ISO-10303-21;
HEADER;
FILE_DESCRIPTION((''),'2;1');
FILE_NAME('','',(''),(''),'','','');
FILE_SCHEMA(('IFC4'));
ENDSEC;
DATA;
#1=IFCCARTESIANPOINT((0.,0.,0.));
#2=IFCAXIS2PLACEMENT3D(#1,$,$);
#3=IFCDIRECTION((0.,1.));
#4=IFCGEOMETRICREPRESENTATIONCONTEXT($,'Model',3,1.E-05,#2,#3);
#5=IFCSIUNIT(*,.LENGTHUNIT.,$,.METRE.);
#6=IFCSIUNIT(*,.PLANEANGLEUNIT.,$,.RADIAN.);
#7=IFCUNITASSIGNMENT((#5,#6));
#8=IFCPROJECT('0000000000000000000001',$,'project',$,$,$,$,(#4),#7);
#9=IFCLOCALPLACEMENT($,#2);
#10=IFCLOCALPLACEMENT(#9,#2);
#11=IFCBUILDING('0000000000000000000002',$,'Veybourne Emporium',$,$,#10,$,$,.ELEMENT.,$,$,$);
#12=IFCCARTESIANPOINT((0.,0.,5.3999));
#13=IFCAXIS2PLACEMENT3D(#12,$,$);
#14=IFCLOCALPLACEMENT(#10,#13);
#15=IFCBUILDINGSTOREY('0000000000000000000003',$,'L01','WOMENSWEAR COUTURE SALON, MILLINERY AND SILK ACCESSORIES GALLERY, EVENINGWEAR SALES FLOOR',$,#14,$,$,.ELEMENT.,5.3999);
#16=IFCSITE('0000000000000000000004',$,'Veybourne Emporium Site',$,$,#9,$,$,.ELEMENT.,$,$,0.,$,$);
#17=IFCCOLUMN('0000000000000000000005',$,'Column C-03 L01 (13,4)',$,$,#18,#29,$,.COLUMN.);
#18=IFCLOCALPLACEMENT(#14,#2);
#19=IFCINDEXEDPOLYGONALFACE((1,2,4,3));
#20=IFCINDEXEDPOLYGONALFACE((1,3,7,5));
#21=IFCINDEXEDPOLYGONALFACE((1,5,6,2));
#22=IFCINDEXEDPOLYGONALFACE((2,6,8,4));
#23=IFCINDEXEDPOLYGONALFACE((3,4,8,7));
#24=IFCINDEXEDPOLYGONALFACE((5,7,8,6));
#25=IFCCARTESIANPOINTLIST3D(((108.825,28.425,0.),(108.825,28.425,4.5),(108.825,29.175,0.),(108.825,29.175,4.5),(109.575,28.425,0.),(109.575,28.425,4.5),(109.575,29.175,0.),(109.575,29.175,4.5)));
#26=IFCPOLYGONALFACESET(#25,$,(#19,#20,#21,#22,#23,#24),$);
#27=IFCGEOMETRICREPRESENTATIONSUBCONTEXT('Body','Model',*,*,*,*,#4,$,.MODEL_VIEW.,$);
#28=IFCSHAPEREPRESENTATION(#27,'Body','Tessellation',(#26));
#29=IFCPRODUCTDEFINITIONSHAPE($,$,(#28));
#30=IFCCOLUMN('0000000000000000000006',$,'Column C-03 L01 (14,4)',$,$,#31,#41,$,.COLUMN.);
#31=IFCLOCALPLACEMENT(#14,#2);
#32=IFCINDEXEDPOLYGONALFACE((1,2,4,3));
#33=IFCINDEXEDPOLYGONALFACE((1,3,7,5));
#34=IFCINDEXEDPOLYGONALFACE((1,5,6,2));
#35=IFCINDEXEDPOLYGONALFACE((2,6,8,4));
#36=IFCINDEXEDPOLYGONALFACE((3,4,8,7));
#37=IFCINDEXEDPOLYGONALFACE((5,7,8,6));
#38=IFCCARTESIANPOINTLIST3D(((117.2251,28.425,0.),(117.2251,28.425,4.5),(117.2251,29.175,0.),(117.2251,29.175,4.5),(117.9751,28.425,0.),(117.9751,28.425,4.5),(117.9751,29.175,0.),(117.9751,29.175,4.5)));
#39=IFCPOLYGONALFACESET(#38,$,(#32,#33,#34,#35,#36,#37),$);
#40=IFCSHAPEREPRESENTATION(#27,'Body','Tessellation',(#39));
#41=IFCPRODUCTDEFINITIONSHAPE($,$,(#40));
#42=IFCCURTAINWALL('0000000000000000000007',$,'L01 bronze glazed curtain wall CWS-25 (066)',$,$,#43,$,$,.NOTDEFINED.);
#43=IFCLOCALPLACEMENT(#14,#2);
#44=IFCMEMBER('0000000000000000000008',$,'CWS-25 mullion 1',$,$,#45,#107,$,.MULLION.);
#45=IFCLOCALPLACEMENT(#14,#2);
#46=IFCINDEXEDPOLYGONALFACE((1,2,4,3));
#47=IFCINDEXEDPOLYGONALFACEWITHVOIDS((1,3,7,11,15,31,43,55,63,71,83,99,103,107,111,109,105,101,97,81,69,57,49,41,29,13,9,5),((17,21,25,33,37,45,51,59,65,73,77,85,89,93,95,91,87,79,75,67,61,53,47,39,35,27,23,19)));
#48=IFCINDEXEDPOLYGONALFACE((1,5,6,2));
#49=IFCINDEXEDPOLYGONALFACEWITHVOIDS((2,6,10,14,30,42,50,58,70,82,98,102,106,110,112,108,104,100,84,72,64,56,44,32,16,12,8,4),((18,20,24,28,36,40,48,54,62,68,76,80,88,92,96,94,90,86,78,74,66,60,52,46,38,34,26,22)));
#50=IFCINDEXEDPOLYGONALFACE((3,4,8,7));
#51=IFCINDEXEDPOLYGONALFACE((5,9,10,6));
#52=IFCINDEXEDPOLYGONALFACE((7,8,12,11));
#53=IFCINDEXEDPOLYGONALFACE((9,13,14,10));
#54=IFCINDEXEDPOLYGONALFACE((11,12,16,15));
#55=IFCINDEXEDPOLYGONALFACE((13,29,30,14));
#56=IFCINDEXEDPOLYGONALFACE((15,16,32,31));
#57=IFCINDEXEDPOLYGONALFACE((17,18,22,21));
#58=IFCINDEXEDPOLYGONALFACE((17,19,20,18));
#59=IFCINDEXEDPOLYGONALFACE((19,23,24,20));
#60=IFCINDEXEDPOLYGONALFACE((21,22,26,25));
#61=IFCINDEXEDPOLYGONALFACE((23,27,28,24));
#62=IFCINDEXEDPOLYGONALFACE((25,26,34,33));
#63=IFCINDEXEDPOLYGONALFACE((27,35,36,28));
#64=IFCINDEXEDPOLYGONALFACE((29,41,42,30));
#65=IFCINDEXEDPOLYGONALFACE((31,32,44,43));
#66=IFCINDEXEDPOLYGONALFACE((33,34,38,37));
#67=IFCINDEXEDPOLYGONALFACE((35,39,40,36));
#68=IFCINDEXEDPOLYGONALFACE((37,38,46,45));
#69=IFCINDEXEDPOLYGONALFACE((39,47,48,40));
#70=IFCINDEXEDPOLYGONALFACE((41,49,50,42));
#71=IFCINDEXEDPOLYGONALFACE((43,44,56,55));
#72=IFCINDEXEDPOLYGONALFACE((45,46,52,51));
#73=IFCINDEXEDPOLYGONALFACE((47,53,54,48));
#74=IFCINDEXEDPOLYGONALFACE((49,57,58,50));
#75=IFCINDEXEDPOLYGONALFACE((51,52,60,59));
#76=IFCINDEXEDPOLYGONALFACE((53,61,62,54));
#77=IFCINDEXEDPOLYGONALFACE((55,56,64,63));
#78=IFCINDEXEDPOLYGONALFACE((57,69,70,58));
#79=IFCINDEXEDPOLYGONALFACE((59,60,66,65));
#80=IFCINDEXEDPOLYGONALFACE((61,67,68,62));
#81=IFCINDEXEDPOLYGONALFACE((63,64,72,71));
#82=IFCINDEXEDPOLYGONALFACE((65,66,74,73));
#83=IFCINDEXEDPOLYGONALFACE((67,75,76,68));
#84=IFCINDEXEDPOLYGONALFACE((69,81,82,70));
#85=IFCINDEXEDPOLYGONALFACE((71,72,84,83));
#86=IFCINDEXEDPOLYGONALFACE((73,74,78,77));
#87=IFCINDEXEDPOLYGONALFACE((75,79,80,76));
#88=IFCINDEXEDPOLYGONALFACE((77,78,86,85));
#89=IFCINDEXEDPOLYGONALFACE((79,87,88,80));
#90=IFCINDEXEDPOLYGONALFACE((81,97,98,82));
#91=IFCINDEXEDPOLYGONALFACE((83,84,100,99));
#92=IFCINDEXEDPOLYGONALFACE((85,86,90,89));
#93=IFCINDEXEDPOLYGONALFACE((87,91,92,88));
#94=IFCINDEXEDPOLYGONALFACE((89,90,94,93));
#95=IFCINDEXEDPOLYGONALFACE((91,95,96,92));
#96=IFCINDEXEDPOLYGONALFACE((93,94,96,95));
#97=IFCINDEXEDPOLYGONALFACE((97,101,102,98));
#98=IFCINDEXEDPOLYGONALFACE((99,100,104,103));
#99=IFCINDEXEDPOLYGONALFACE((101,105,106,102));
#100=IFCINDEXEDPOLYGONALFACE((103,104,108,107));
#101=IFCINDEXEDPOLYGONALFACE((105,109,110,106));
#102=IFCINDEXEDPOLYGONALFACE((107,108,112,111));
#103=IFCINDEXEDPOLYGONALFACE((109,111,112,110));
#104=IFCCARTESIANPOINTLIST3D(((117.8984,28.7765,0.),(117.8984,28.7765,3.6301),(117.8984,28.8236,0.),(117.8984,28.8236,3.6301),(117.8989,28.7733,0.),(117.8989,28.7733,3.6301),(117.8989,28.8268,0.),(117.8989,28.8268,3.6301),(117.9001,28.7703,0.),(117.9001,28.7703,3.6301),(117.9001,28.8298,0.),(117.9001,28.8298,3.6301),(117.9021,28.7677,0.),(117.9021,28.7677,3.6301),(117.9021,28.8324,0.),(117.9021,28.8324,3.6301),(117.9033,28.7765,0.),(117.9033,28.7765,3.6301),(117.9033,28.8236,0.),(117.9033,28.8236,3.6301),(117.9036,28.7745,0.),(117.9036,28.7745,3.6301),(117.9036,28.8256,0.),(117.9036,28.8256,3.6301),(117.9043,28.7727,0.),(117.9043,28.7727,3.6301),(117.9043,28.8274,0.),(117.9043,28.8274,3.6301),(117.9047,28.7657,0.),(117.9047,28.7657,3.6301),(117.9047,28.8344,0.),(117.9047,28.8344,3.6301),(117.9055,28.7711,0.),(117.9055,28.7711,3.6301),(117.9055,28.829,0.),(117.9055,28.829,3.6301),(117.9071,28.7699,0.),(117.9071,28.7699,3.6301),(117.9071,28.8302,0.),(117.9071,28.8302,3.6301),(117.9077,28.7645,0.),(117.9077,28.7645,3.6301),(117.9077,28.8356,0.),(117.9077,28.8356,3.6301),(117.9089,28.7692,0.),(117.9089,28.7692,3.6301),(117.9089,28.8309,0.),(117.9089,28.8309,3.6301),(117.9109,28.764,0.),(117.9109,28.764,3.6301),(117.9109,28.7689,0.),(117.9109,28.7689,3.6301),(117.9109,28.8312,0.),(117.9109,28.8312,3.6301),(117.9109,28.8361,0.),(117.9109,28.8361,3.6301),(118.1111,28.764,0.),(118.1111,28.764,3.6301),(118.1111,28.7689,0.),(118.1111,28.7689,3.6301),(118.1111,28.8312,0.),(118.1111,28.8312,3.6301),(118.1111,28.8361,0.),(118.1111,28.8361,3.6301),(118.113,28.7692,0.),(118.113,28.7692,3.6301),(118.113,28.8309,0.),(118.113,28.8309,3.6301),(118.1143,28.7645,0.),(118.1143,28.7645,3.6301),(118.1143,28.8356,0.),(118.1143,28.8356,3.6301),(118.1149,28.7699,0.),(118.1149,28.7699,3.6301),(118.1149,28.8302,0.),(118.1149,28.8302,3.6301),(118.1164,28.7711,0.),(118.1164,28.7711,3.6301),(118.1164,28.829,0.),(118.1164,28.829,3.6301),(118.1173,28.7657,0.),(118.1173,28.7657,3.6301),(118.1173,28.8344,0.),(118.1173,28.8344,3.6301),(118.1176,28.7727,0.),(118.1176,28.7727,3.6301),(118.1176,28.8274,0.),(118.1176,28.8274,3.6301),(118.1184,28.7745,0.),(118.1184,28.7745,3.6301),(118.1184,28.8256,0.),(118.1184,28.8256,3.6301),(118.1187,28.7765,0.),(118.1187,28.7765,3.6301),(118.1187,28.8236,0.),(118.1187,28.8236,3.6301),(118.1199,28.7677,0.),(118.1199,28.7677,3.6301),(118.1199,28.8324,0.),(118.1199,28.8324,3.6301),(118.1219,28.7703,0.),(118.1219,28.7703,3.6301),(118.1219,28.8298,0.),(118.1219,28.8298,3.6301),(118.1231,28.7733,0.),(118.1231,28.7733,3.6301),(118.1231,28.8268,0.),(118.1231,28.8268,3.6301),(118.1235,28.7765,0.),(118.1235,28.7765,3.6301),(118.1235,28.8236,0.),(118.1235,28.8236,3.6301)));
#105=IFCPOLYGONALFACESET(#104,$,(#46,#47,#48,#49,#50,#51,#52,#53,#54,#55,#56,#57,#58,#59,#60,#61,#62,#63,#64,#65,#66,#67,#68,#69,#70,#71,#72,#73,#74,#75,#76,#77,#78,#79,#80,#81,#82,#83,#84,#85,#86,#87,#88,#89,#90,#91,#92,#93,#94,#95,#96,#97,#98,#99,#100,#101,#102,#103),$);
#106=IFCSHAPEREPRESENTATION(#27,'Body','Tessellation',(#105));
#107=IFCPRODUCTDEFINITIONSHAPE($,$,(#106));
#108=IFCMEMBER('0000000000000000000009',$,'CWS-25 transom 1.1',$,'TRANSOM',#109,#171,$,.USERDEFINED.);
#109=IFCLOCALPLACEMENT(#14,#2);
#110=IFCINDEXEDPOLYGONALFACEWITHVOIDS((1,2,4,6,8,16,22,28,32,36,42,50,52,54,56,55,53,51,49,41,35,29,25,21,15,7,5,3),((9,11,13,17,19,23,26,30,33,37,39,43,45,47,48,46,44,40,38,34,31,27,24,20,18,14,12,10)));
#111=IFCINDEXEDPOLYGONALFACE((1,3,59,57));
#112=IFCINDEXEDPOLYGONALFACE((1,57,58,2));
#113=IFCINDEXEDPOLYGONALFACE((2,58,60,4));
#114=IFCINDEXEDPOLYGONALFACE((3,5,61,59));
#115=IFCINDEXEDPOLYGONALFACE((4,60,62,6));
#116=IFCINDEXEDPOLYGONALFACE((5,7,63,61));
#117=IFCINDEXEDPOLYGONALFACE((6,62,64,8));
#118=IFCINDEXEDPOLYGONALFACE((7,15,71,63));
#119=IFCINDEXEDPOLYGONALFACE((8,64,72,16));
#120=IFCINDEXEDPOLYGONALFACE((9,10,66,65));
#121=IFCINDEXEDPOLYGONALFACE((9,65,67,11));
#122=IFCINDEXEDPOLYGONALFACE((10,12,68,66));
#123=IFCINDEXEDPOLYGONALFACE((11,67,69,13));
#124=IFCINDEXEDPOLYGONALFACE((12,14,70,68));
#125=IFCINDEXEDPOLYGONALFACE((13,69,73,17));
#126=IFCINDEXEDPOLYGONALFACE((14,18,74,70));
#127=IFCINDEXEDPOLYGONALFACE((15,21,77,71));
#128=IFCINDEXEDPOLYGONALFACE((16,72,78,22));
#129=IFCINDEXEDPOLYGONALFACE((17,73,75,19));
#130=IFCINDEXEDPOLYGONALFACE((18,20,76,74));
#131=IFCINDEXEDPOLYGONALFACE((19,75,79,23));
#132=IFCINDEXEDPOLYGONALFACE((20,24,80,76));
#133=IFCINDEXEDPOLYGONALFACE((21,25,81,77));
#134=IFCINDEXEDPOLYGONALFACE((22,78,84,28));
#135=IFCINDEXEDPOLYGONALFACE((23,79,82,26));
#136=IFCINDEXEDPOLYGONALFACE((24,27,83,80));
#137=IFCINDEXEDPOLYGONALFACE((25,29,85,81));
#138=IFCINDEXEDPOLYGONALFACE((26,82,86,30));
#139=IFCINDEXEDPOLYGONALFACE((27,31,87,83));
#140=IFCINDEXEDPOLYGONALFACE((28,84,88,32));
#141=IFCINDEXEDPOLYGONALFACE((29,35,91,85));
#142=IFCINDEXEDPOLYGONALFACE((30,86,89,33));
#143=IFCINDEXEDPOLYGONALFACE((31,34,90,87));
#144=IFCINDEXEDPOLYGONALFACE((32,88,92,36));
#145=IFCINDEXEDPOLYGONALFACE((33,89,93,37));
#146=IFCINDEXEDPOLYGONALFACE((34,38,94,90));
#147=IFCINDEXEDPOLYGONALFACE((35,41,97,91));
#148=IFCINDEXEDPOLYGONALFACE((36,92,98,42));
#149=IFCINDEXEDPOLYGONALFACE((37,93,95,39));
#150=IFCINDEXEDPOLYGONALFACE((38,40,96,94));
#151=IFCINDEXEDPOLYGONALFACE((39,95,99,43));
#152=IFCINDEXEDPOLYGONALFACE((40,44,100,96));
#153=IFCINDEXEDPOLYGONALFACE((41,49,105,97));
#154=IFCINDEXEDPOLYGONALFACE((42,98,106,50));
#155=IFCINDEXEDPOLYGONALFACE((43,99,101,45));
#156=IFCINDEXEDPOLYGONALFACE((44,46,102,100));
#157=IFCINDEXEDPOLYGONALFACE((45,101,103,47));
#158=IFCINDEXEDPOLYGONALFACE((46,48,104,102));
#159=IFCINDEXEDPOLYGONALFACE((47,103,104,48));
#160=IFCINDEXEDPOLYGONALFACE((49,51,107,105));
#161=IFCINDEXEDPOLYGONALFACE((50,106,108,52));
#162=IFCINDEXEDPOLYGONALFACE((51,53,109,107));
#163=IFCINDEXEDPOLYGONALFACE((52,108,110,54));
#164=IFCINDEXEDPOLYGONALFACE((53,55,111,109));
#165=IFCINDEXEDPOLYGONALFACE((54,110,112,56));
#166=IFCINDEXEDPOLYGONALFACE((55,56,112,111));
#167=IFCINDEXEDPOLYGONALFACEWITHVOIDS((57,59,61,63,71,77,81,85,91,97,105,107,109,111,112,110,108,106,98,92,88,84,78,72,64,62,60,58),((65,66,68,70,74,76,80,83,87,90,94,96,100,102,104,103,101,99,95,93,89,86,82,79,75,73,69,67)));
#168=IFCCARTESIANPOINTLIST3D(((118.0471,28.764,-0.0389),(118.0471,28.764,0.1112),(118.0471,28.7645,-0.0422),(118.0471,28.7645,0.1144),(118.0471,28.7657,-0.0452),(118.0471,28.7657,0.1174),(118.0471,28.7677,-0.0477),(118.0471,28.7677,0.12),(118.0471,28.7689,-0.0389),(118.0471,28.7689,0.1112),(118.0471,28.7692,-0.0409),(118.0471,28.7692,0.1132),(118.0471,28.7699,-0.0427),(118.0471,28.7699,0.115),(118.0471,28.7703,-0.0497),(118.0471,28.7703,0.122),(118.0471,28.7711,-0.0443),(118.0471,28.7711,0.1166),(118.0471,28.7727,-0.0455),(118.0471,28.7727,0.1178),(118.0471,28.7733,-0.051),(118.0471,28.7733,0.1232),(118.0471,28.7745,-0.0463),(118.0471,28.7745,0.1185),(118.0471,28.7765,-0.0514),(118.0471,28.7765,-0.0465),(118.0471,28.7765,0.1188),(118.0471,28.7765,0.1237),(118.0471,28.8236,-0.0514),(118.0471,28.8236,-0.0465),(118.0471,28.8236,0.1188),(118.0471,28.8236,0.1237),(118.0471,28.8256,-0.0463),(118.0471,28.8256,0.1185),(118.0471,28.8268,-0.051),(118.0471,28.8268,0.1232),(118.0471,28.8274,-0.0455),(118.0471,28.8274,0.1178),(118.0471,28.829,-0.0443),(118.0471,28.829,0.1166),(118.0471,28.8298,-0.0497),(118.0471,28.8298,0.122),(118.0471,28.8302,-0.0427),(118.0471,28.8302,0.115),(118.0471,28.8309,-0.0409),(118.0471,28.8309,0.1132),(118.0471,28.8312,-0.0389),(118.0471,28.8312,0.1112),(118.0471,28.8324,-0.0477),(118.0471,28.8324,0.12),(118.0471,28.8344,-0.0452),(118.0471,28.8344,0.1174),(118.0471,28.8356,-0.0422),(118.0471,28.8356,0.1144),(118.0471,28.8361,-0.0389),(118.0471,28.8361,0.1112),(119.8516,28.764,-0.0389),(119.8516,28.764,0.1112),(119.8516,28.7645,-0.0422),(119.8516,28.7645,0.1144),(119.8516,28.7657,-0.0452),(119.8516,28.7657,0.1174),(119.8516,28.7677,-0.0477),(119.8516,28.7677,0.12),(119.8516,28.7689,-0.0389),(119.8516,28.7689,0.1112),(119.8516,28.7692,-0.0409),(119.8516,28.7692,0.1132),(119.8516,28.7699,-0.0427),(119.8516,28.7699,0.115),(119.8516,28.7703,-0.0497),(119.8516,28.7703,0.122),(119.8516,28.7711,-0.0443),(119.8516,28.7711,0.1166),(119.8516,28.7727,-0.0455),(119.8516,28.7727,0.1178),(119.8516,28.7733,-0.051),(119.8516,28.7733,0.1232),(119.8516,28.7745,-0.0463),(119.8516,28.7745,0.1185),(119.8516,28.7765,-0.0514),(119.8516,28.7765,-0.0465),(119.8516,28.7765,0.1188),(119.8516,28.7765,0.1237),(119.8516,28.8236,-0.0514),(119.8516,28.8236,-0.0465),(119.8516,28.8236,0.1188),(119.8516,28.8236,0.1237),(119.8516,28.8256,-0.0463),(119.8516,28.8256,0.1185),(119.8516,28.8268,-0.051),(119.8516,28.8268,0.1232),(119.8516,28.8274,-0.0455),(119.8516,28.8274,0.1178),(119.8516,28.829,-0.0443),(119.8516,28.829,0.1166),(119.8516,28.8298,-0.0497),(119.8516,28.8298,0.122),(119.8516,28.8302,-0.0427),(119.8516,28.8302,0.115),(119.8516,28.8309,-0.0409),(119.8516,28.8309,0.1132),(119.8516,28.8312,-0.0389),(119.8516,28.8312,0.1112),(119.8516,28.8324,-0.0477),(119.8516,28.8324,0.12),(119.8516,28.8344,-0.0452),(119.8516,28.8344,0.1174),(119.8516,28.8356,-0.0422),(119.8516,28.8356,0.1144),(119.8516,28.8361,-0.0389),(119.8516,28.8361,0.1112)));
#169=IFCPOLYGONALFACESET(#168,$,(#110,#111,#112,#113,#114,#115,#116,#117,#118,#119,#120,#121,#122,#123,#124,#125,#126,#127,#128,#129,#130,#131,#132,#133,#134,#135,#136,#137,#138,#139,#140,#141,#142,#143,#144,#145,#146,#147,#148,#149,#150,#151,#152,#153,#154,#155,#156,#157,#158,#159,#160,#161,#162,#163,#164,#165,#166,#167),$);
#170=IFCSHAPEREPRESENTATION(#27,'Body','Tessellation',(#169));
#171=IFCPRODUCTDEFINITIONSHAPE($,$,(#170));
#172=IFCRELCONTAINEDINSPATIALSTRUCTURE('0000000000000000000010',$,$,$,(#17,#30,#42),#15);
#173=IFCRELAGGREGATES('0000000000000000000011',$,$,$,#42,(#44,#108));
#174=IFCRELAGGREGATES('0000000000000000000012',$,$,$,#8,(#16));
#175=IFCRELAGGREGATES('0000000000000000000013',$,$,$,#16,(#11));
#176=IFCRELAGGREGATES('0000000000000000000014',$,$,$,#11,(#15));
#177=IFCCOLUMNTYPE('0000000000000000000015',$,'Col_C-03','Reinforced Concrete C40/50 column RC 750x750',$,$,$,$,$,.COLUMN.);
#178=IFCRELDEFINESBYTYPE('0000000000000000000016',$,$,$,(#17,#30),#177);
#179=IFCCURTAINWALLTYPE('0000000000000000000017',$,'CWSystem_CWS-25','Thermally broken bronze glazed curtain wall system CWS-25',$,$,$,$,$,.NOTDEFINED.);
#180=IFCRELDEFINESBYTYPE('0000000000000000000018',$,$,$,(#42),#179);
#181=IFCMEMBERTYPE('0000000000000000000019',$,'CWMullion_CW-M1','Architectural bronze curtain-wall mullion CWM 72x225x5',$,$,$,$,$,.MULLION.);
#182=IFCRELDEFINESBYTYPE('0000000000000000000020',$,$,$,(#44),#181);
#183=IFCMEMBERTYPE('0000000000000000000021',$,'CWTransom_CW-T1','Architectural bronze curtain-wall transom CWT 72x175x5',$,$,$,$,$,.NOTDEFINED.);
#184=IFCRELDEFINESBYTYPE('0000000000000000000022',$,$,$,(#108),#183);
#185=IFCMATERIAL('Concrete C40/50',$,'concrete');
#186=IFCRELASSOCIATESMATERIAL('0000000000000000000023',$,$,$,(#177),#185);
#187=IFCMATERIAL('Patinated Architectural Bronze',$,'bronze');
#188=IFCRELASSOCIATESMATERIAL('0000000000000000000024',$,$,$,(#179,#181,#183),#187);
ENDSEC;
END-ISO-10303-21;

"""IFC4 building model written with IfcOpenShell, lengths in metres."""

from ifc_helpers import new_model, si_unit, direction, frame, origin, origin_2d, place, context, subcontext, project, spatial, rectangle, hollow_rectangle, extrude, material, material_profile, profile_set, type_object, element, aggregate, save


model = new_model("IFC4")

# Units and contexts
model_context = context("Model", 3, precision=1e-05, world=origin(), true_north=direction((0.0, 1.0)))
body_context = subcontext(model_context, "Body", "Model", "MODEL_VIEW")
ifc_project = project(units=[si_unit("LENGTHUNIT", "METRE"), si_unit("PLANEANGLEUNIT", "RADIAN")], contexts=[model_context])

# Site, building, storey
site_placement = place(None, origin())
site = spatial("IfcSite", under=ifc_project, at=site_placement, Name="Veybourne Emporium Site", CompositionType="ELEMENT", RefElevation=0.0)
building_placement = place(site_placement, origin())
building = spatial("IfcBuilding", under=site, at=building_placement, Name="Veybourne Emporium", CompositionType="ELEMENT")
storey_placement = place(building_placement, frame((0.0, 0.0, 5.3999)))
storey = spatial("IfcBuildingStorey", under=building, at=storey_placement, Name="L01", Description="WOMENSWEAR COUTURE SALON, MILLINERY AND SILK ACCESSORIES GALLERY, EVENINGWEAR SALES FLOOR", CompositionType="ELEMENT", Elevation=5.3999)

# Columns
ifc_material_1 = material(Name="Concrete C40/50", Category="concrete")
ifc_material_profile_1 = material_profile(ifc_material_1, rectangle(XDim=0.75, YDim=0.75, at=origin_2d()), Name="RC 750x750")
ifc_profile_set_1 = profile_set([ifc_material_profile_1], Name="Concrete C40/50")
column_type = type_object("IfcColumnType", Name="Col_C-03", Description="Reinforced Concrete C40/50 column RC 750x750", PredefinedType="COLUMN", material=ifc_profile_set_1)
for number, where, z_axis, x_axis, name in (
    (1, (109.2, 28.8, 0.0), (0.0, 0.0, 1.0), (1.0, 0.0, 0.0), "Column C-03 L01 (13,4)"),
    (2, (117.6001, 28.8, 0.0), (0.0, 0.0, 1.0), (1.0, 0.0, 0.0), "Column C-03 L01 (14,4)"),
):
    element("IfcColumn", number, at=place(storey_placement, frame(where, z_axis=z_axis, x_axis=x_axis)), inside=storey, type_object=column_type, Name=name, PredefinedType="COLUMN", context=body_context, shape_type="SweptSolid", body=[
        extrude(rectangle(XDim=0.75, YDim=0.75, at=origin_2d()), origin(), (0.0, 0.0, 1.0), 4.5),
    ])

# Curtain wall, members
ifc_material_2 = material(Name="Patinated Architectural Bronze", Category="bronze")
curtain_wall_type = type_object("IfcCurtainWallType", Name="CWSystem_CWS-25", Description="Thermally broken bronze glazed curtain wall system CWS-25", PredefinedType="NOTDEFINED", material=ifc_material_2)
curtain_wall_placement = place(storey_placement, origin())
curtain_wall = element("IfcCurtainWall", 3, at=curtain_wall_placement, inside=storey, type_object=curtain_wall_type, Name="L01 bronze glazed curtain wall CWS-25 (066)", PredefinedType="NOTDEFINED")
ifc_material_profile_2 = material_profile(ifc_material_2, hollow_rectangle(XDim=0.072, YDim=0.2251, WallThickness=0.0049, InnerFilletRadius=0.0076, OuterFilletRadius=0.0125, at=origin_2d()), Name="CWM 72x225x5")
ifc_profile_set_2 = profile_set([ifc_material_profile_2], Name="Patinated Architectural Bronze")
member_type_1 = type_object("IfcMemberType", Name="CWMullion_CW-M1", Description="Architectural bronze curtain-wall mullion CWM 72x225x5", PredefinedType="MULLION", material=ifc_profile_set_2)
member_1_placement = place(storey_placement, frame((118.011, 28.8, 0.0), z_axis=(0.0, 0.0, 1.0), x_axis=(0.0, 1.0, 0.0)))
member_1 = element("IfcMember", 4, at=member_1_placement, type_object=member_type_1, Name="CWS-25 mullion 1", PredefinedType="MULLION", context=body_context, shape_type="SweptSolid", body=[
    extrude(hollow_rectangle(XDim=0.072, YDim=0.2251, WallThickness=0.0049, InnerFilletRadius=0.0076, OuterFilletRadius=0.0125, at=origin_2d()), origin(), (0.0, 0.0, 1.0), 3.6301),
])
ifc_material_profile_3 = material_profile(ifc_material_2, hollow_rectangle(XDim=0.072, YDim=0.175, WallThickness=0.0049, InnerFilletRadius=0.0076, OuterFilletRadius=0.0125, at=origin_2d()), Name="CWT 72x175x5")
ifc_profile_set_3 = profile_set([ifc_material_profile_3], Name="Patinated Architectural Bronze")
member_type_2 = type_object("IfcMemberType", Name="CWTransom_CW-T1", Description="Architectural bronze curtain-wall transom CWT 72x175x5", PredefinedType="NOTDEFINED", material=ifc_profile_set_3)
member_2_placement = place(storey_placement, frame((118.0471, 28.8, 0.0361), z_axis=(1.0, 0.0, 0.0), x_axis=(0.0, 1.0, 0.0)))
member_2 = element("IfcMember", 5, at=member_2_placement, type_object=member_type_2, Name="CWS-25 transom 1.1", ObjectType="TRANSOM", PredefinedType="USERDEFINED", context=body_context, shape_type="SweptSolid", body=[
    extrude(hollow_rectangle(XDim=0.072, YDim=0.175, WallThickness=0.0049, InnerFilletRadius=0.0076, OuterFilletRadius=0.0125, at=origin_2d()), origin(), (0.0, 0.0, 1.0), 1.8044),
])

aggregate(curtain_wall, [member_1, member_2])

save(model, "model.ifc")
